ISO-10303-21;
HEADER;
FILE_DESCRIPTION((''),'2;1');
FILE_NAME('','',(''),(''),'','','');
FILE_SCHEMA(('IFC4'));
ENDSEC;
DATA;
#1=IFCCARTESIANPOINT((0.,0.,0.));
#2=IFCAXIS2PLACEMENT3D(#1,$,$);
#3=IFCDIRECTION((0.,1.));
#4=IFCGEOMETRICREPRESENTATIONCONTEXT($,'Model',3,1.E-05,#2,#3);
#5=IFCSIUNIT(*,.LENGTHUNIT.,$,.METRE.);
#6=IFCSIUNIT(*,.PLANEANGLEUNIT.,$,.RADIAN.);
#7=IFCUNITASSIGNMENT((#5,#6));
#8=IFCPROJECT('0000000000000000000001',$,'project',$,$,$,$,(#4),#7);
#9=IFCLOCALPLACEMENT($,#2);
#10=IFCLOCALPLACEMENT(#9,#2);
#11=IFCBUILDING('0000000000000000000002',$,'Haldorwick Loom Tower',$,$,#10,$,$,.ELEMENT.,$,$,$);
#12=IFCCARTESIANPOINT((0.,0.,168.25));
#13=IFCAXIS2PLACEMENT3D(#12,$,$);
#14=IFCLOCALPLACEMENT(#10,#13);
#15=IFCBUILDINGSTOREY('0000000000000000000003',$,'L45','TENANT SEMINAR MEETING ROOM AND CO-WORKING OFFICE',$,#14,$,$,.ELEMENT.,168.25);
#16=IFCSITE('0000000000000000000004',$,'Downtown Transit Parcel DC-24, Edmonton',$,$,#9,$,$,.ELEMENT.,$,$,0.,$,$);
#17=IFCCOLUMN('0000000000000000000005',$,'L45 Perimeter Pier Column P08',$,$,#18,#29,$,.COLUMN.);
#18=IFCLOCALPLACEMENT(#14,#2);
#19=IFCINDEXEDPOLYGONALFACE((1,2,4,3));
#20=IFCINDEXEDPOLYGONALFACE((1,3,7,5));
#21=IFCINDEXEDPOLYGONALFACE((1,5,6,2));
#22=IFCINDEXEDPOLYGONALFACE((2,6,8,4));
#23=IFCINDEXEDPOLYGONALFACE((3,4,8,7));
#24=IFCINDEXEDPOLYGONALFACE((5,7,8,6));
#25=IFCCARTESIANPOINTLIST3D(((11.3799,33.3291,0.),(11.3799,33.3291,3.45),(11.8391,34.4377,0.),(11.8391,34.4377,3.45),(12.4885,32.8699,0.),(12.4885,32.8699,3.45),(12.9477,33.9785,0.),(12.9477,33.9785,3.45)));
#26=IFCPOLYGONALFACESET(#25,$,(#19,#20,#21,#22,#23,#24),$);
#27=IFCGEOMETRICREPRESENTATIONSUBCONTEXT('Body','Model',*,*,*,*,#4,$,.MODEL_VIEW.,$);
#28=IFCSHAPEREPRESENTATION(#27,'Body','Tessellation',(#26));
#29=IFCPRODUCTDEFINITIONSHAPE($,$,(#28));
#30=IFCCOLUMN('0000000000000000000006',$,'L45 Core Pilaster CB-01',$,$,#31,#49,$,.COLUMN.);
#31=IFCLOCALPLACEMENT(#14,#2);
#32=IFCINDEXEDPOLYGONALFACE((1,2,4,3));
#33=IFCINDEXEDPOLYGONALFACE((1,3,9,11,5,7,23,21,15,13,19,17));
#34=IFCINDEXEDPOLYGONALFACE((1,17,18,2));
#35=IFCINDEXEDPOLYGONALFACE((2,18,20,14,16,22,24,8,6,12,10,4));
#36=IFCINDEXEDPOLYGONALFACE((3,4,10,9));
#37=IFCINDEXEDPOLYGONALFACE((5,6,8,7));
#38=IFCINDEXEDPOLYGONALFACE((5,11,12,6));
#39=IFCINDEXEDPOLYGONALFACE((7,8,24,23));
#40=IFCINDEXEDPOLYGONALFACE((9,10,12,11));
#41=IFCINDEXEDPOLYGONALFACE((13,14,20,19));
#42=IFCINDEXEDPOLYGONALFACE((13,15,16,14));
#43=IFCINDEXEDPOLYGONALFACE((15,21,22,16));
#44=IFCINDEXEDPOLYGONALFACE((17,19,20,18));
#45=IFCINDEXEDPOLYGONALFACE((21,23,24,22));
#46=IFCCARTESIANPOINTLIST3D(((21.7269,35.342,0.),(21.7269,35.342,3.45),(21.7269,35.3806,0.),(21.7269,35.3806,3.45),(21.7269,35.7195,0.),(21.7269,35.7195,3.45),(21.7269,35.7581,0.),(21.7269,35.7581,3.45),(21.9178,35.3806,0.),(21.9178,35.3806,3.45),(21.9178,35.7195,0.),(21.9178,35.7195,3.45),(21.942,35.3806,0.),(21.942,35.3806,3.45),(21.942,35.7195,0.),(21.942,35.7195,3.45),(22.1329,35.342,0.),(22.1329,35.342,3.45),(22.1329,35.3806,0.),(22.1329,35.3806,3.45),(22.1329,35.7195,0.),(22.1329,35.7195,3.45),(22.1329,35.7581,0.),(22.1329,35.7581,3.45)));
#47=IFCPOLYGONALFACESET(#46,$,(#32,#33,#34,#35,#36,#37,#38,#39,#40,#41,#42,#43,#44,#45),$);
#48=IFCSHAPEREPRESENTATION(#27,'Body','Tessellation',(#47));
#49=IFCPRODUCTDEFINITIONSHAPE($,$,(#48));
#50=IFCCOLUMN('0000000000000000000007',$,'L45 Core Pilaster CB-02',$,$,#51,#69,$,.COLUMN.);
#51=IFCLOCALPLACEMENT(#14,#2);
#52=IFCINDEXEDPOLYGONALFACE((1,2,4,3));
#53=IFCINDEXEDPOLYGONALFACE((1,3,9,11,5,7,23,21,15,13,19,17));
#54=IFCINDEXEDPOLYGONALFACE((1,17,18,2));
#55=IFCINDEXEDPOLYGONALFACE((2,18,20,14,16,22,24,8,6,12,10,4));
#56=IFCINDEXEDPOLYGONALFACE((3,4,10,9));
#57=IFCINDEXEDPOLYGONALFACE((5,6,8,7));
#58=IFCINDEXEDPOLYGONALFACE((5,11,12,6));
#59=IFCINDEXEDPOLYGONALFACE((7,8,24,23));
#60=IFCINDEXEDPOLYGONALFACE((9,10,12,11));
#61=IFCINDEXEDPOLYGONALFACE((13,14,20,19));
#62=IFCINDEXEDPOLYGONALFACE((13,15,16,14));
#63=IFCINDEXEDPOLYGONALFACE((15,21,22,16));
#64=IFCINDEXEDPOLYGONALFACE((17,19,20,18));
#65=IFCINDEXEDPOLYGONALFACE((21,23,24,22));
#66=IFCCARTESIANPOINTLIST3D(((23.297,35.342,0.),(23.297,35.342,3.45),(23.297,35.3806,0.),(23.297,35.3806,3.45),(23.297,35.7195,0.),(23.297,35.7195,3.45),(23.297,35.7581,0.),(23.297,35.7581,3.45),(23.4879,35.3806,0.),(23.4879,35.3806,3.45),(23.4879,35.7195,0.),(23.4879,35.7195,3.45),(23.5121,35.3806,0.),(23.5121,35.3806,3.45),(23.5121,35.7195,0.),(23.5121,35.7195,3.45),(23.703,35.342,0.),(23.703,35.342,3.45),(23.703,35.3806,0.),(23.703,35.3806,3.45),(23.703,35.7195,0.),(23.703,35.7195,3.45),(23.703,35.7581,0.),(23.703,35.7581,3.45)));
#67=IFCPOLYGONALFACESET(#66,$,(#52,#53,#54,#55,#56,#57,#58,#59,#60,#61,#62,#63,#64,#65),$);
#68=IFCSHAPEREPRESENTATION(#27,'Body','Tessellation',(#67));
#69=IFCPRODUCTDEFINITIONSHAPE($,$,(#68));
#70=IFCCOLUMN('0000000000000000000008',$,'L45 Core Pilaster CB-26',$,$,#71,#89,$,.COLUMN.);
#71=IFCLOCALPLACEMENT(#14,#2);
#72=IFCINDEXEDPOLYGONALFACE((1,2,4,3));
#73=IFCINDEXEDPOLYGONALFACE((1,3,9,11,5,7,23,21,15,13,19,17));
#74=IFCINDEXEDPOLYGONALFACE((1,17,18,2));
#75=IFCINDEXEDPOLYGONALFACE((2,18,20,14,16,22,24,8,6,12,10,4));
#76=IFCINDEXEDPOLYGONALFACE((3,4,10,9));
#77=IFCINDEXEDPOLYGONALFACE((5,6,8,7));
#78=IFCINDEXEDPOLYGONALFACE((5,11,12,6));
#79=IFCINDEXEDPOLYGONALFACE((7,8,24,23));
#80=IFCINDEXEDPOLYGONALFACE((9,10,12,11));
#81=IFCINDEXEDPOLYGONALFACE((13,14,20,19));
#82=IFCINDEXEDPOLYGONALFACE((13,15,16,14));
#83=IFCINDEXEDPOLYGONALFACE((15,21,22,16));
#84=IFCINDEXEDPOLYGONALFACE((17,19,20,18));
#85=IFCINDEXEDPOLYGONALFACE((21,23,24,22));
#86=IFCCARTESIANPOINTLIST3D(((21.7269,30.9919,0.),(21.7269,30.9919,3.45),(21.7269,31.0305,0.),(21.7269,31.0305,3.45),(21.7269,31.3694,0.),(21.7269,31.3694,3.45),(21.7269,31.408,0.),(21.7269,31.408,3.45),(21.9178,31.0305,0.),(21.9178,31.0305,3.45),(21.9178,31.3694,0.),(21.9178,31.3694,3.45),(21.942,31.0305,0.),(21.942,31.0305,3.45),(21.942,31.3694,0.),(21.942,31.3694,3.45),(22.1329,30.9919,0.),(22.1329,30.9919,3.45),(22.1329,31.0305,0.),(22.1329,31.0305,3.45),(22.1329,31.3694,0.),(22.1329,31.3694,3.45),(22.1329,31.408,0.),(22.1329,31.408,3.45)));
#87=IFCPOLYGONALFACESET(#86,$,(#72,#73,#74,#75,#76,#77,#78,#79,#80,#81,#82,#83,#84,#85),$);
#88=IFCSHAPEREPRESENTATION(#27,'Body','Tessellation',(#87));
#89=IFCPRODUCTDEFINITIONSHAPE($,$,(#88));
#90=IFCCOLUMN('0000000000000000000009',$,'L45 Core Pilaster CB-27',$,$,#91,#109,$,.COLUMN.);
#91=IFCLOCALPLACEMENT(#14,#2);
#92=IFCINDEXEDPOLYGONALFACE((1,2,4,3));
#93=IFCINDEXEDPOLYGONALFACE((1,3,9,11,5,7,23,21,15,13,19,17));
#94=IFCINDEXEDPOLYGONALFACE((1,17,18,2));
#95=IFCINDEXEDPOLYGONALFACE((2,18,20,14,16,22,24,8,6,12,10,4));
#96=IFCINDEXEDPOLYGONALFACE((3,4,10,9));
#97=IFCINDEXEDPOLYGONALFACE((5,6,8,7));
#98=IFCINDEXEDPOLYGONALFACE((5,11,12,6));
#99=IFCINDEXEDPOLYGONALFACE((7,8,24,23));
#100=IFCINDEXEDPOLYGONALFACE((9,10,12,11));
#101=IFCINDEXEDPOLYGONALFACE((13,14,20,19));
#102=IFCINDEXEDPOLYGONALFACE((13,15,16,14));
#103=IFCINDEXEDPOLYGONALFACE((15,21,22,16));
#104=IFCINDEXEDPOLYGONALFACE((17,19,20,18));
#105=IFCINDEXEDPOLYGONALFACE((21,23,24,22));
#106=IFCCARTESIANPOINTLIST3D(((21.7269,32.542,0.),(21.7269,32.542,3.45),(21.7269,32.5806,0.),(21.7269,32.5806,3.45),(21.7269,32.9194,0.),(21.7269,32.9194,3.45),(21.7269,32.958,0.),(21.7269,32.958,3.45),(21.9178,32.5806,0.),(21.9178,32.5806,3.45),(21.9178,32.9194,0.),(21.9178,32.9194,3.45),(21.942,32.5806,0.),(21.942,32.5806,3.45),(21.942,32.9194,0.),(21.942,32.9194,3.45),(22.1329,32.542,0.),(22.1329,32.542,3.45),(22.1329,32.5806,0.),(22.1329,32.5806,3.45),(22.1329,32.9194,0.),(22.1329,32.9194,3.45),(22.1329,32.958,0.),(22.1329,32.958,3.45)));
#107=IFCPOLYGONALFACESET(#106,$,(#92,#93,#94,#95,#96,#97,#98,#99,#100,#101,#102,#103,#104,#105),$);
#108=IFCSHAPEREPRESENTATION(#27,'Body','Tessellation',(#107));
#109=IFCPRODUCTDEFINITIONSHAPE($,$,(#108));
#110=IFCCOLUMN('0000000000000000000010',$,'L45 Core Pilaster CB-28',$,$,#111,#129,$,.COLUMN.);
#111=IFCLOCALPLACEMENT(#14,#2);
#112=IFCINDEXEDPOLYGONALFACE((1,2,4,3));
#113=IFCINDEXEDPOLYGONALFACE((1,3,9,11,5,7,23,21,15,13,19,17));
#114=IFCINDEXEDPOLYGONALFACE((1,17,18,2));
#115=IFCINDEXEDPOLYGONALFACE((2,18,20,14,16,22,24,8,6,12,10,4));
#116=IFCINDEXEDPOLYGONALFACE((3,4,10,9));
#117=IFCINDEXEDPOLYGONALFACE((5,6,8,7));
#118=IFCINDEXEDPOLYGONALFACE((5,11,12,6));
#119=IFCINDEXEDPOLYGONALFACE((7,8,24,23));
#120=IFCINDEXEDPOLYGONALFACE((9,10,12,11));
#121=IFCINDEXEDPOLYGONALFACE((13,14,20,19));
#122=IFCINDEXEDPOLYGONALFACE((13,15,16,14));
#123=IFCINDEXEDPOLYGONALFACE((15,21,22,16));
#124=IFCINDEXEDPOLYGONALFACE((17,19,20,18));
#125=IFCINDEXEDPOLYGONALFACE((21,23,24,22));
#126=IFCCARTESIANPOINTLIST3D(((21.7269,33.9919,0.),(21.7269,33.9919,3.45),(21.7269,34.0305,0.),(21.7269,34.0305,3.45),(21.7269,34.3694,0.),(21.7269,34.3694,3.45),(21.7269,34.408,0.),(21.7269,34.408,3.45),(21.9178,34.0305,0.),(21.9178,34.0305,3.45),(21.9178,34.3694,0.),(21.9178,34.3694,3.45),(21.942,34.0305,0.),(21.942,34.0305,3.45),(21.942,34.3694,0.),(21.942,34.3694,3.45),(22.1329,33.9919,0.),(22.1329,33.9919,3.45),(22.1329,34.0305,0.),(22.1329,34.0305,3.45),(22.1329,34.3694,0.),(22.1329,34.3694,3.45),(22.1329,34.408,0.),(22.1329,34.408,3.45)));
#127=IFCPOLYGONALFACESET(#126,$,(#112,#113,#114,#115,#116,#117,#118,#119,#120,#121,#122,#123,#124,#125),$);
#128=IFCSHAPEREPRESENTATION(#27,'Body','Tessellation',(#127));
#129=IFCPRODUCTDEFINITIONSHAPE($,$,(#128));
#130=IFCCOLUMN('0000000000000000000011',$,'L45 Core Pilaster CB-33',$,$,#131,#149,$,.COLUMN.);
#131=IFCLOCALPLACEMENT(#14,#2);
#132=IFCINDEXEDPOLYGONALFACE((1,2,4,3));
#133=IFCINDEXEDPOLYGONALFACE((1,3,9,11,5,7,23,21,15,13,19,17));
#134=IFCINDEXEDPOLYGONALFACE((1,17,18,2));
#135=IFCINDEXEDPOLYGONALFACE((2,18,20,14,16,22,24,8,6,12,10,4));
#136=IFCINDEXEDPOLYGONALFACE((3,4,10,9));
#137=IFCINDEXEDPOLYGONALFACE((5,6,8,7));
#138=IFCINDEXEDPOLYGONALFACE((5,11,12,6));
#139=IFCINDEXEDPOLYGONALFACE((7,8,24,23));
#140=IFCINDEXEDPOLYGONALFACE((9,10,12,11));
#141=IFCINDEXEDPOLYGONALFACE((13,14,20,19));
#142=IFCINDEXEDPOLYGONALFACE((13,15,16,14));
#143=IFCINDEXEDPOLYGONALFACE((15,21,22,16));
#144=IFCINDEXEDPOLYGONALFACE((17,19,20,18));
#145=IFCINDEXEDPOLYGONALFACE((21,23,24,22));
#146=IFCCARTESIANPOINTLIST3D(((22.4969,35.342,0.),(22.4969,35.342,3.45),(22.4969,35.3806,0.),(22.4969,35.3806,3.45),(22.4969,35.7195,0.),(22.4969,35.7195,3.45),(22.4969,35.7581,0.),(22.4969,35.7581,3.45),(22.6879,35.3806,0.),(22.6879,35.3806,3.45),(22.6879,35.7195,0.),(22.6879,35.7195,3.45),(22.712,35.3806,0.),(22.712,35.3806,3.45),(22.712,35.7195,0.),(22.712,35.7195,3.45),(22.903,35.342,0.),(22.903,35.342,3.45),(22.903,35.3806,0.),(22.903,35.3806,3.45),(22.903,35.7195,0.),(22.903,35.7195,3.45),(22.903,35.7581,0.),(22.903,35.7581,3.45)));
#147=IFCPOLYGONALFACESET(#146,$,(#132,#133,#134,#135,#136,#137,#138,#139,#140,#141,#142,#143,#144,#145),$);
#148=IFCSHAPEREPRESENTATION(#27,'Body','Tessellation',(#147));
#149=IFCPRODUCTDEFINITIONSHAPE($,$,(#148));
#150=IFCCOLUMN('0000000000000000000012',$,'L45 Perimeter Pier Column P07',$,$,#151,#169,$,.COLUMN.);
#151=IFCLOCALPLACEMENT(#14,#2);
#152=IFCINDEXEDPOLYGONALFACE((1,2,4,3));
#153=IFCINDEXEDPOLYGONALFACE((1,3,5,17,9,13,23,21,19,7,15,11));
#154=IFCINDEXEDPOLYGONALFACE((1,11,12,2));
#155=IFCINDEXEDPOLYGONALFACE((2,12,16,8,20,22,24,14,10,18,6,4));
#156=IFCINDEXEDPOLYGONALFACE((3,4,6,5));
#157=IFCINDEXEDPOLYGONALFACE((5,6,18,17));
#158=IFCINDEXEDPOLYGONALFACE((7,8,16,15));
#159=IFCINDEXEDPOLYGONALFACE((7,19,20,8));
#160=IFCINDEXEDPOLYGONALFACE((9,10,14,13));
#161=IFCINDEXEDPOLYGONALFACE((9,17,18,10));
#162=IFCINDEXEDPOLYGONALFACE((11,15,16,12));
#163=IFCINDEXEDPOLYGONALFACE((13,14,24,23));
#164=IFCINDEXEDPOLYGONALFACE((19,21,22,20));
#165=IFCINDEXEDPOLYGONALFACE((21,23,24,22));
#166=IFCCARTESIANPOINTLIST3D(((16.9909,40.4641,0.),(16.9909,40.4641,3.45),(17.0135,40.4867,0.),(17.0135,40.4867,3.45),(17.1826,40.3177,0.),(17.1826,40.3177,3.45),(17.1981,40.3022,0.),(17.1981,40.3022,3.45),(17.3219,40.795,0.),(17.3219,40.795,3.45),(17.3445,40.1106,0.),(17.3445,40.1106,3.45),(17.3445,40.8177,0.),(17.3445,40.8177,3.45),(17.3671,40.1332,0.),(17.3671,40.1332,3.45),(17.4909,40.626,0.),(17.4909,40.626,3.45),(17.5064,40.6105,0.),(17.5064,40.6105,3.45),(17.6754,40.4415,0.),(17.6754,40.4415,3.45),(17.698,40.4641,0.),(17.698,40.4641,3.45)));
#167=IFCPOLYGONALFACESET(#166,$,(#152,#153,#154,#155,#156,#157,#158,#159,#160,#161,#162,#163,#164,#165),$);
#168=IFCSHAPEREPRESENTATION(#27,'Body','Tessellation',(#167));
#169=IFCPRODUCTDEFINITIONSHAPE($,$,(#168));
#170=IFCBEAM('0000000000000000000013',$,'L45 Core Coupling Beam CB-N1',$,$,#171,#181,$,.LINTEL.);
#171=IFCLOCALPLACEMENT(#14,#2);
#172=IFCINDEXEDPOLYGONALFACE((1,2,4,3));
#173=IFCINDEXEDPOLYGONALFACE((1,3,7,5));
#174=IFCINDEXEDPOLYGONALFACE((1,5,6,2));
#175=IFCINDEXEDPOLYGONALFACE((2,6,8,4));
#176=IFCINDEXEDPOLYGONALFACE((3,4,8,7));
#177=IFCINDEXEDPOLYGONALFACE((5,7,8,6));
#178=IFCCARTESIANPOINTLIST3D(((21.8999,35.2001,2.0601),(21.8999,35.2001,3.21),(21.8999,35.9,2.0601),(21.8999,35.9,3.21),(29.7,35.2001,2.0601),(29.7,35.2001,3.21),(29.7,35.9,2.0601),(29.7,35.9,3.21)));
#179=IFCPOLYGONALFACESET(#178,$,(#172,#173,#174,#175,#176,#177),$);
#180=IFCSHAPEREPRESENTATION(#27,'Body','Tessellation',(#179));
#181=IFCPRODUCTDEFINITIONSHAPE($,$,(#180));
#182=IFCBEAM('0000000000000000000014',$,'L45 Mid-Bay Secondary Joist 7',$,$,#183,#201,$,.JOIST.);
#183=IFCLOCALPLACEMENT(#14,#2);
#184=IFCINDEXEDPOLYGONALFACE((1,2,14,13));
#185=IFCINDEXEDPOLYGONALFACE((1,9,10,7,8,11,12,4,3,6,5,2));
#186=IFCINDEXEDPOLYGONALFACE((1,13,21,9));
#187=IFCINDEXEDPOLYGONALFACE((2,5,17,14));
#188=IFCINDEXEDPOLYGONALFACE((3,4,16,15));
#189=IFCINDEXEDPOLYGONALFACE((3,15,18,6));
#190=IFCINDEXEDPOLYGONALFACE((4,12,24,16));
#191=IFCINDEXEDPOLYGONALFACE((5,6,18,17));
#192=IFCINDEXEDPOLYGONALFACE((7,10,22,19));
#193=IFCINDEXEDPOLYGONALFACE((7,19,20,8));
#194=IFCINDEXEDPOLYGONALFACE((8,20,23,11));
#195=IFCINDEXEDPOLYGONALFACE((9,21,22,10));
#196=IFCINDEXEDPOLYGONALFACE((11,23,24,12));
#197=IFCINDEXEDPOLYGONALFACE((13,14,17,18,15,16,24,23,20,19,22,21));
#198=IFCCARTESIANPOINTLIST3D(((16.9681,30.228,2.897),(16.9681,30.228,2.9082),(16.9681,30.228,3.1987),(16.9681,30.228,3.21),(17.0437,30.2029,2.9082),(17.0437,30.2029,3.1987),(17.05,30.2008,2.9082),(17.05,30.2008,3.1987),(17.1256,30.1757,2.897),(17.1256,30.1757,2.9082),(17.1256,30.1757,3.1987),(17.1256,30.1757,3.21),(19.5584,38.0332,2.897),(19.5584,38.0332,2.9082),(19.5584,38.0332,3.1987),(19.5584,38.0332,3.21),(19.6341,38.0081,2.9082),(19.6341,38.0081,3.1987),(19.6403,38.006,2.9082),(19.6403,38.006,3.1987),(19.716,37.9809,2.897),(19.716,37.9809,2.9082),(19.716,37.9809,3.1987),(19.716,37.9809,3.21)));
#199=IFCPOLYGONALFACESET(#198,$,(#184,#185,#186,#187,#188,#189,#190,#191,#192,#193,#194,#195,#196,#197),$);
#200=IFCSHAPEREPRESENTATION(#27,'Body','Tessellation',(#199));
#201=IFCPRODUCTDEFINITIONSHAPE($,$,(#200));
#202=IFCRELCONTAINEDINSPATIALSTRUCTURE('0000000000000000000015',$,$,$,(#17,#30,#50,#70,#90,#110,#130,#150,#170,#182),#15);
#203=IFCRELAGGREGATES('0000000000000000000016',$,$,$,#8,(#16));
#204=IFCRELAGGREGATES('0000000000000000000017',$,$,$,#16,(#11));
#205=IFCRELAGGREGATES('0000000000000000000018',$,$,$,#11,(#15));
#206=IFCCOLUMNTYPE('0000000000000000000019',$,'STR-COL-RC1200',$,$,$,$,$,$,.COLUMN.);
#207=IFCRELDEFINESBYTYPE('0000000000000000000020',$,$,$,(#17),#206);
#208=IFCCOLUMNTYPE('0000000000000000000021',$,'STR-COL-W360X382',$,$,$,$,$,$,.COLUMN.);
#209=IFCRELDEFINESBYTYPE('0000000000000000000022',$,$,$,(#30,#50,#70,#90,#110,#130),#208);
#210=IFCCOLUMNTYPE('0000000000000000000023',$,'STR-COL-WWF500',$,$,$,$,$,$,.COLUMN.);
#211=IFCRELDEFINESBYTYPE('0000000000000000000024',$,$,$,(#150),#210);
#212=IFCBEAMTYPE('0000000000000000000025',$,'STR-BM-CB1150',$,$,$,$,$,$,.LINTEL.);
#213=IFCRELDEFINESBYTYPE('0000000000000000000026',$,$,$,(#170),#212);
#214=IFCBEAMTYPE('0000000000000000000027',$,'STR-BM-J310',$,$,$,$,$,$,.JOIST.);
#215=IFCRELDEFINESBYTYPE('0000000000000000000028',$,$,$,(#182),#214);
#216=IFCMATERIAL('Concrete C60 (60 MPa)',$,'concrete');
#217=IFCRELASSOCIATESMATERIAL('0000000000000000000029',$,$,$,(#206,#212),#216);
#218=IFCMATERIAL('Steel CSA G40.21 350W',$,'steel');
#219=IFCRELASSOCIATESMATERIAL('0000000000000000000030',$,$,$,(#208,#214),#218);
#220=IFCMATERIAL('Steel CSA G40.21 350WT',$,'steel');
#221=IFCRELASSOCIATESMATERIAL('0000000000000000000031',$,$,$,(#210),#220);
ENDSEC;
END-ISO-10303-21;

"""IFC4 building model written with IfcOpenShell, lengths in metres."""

from ifc_helpers import new_model, si_unit, direction, frame, origin, origin_2d, place, context, subcontext, project, spatial, rectangle, i_section, extrude, material, material_profile, profile_set, type_object, element, save


model = new_model("IFC4")

# Units and contexts
model_context = context("Model", 3, precision=1e-05, world=origin(), true_north=direction((0.0, 1.0)))
body_context = subcontext(model_context, "Body", "Model", "MODEL_VIEW")
ifc_project = project(units=[si_unit("LENGTHUNIT", "METRE"), si_unit("PLANEANGLEUNIT", "RADIAN")], contexts=[model_context])

# Site, building, storey
site_placement = place(None, origin())
site = spatial("IfcSite", under=ifc_project, at=site_placement, Name="Downtown Transit Parcel DC-24, Edmonton", CompositionType="ELEMENT", RefElevation=0.0)
building_placement = place(site_placement, origin())
building = spatial("IfcBuilding", under=site, at=building_placement, Name="Haldorwick Loom Tower", CompositionType="ELEMENT")
storey_placement = place(building_placement, frame((0.0, 0.0, 168.25)))
storey = spatial("IfcBuildingStorey", under=building, at=storey_placement, Name="L45", Description="TENANT SEMINAR MEETING ROOM AND CO-WORKING OFFICE", CompositionType="ELEMENT", Elevation=168.25)

# Columns
ifc_material_1 = material(Name="Concrete C60 (60 MPa)", Category="concrete")
ifc_material_profile_1 = material_profile(ifc_material_1, rectangle(XDim=1.2, YDim=1.2, at=origin_2d()), Name="RC1200X1200", Category="concrete")
ifc_profile_set_1 = profile_set([ifc_material_profile_1], Name="Concrete C60 (60 MPa)")
column_type_1 = type_object("IfcColumnType", Name="STR-COL-RC1200", PredefinedType="COLUMN", material=ifc_profile_set_1)
column_1_placement = place(storey_placement, frame((12.1638, 33.6538, 0.0), z_axis=(0.0, 0.0, 1.0), x_axis=(-0.92388, 0.382683, 0.0)))
element("IfcColumn", 1, at=column_1_placement, inside=storey, type_object=column_type_1, Name="L45 Perimeter Pier Column P08", PredefinedType="COLUMN", context=body_context, shape_type="SweptSolid", body=[
    extrude(rectangle(XDim=1.2, YDim=1.2, at=origin_2d()), origin(), (0.0, 0.0, 1.0), 3.45),
])
ifc_material_2 = material(Name="Steel CSA G40.21 350W", Category="steel")
ifc_material_profile_2 = material_profile(ifc_material_2, i_section(OverallWidth=0.406, OverallDepth=0.416, WebThickness=0.0242, FlangeThickness=0.0386, at=origin_2d()), Name="W360X382", Category="steel")
ifc_profile_set_2 = profile_set([ifc_material_profile_2], Name="Steel CSA G40.21 350W")
column_type_2 = type_object("IfcColumnType", Name="STR-COL-W360X382", PredefinedType="COLUMN", material=ifc_profile_set_2)
for number, where, z_axis, x_axis, name in (
    (2, (21.9299, 35.55, 0.0), (0.0, 0.0, 1.0), (1.0, 0.0, 0.0), "L45 Core Pilaster CB-01"),
    (3, (23.5, 35.55, 0.0), (0.0, 0.0, 1.0), (1.0, 0.0, 0.0), "L45 Core Pilaster CB-02"),
    (4, (21.9299, 31.2, 0.0), (0.0, 0.0, 1.0), (1.0, 0.0, 0.0), "L45 Core Pilaster CB-26"),
    (5, (21.9299, 32.75, 0.0), (0.0, 0.0, 1.0), (1.0, 0.0, 0.0), "L45 Core Pilaster CB-27"),
    (6, (21.9299, 34.2, 0.0), (0.0, 0.0, 1.0), (1.0, 0.0, 0.0), "L45 Core Pilaster CB-28"),
    (7, (22.7, 35.55, 0.0), (0.0, 0.0, 1.0), (1.0, 0.0, 0.0), "L45 Core Pilaster CB-33"),
):
    element("IfcColumn", number, at=place(storey_placement, frame(where, z_axis=z_axis, x_axis=x_axis)), inside=storey, type_object=column_type_2, Name=name, PredefinedType="COLUMN", context=body_context, shape_type="SweptSolid", body=[
        extrude(i_section(OverallWidth=0.406, OverallDepth=0.416, WebThickness=0.0242, FlangeThickness=0.0386, at=origin_2d()), origin(), (0.0, 0.0, 1.0), 3.45),
    ])
ifc_material_3 = material(Name="Steel CSA G40.21 350WT", Category="steel")
ifc_material_profile_3 = material_profile(ifc_material_3, i_section(OverallWidth=0.5, OverallDepth=0.5, WebThickness=0.022, FlangeThickness=0.032, at=origin_2d()), Name="WWF500X500", Category="steel")
ifc_profile_set_3 = profile_set([ifc_material_profile_3], Name="Steel CSA G40.21 350WT")
column_type_3 = type_object("IfcColumnType", Name="STR-COL-WWF500", PredefinedType="COLUMN", material=ifc_profile_set_3)
column_2_placement = place(storey_placement, frame((17.3445, 40.4641, 0.0), z_axis=(0.0, 0.0, 1.0), x_axis=(-0.707107, 0.707107, 0.0)))
element("IfcColumn", 8, at=column_2_placement, inside=storey, type_object=column_type_3, Name="L45 Perimeter Pier Column P07", PredefinedType="COLUMN", context=body_context, shape_type="SweptSolid", body=[
    extrude(i_section(OverallWidth=0.5, OverallDepth=0.5, WebThickness=0.022, FlangeThickness=0.032, at=origin_2d()), origin(), (0.0, 0.0, 1.0), 3.45),
])

# Beams
ifc_material_profile_4 = material_profile(ifc_material_1, rectangle(XDim=0.7, YDim=1.1499, at=origin_2d()), Name="RC700X1150", Category="concrete")
ifc_profile_set_4 = profile_set([ifc_material_profile_4], Name="Concrete C60 (60 MPa)")
beam_type_1 = type_object("IfcBeamType", Name="STR-BM-CB1150", PredefinedType="LINTEL", material=ifc_profile_set_4)
beam_1_placement = place(storey_placement, frame((21.8999, 35.55, 2.635), z_axis=(1.0, 0.0, 0.0), x_axis=(0.0, 1.0, 0.0)))
element("IfcBeam", 9, at=beam_1_placement, inside=storey, type_object=beam_type_1, Name="L45 Core Coupling Beam CB-N1", PredefinedType="LINTEL", context=body_context, shape_type="SweptSolid", body=[
    extrude(rectangle(XDim=0.7, YDim=1.1499, at=origin_2d()), origin(), (0.0, 0.0, 1.0), 7.8),
])
ifc_material_profile_5 = material_profile(ifc_material_2, i_section(OverallWidth=0.166, OverallDepth=0.313, WebThickness=0.0066, FlangeThickness=0.0112, at=origin_2d()), Name="W310X45", Category="steel")
ifc_profile_set_5 = profile_set([ifc_material_profile_5], Name="Steel CSA G40.21 350W")
beam_type_2 = type_object("IfcBeamType", Name="STR-BM-J310", PredefinedType="JOIST", material=ifc_profile_set_5)
beam_2_placement = place(storey_placement, frame((19.6372, 38.0071, 3.0535), z_axis=(-0.314981, -0.949098, 0.0), x_axis=(0.949098, -0.314981, 0.0)))
element("IfcBeam", 10, at=beam_2_placement, inside=storey, type_object=beam_type_2, Name="L45 Mid-Bay Secondary Joist 7", PredefinedType="JOIST", context=body_context, shape_type="SweptSolid", body=[
    extrude(i_section(OverallWidth=0.166, OverallDepth=0.313, WebThickness=0.0066, FlangeThickness=0.0112, at=origin_2d()), origin(), (0.0, 0.0, 1.0), 8.2239),
])

save(model, "model.ifc")
